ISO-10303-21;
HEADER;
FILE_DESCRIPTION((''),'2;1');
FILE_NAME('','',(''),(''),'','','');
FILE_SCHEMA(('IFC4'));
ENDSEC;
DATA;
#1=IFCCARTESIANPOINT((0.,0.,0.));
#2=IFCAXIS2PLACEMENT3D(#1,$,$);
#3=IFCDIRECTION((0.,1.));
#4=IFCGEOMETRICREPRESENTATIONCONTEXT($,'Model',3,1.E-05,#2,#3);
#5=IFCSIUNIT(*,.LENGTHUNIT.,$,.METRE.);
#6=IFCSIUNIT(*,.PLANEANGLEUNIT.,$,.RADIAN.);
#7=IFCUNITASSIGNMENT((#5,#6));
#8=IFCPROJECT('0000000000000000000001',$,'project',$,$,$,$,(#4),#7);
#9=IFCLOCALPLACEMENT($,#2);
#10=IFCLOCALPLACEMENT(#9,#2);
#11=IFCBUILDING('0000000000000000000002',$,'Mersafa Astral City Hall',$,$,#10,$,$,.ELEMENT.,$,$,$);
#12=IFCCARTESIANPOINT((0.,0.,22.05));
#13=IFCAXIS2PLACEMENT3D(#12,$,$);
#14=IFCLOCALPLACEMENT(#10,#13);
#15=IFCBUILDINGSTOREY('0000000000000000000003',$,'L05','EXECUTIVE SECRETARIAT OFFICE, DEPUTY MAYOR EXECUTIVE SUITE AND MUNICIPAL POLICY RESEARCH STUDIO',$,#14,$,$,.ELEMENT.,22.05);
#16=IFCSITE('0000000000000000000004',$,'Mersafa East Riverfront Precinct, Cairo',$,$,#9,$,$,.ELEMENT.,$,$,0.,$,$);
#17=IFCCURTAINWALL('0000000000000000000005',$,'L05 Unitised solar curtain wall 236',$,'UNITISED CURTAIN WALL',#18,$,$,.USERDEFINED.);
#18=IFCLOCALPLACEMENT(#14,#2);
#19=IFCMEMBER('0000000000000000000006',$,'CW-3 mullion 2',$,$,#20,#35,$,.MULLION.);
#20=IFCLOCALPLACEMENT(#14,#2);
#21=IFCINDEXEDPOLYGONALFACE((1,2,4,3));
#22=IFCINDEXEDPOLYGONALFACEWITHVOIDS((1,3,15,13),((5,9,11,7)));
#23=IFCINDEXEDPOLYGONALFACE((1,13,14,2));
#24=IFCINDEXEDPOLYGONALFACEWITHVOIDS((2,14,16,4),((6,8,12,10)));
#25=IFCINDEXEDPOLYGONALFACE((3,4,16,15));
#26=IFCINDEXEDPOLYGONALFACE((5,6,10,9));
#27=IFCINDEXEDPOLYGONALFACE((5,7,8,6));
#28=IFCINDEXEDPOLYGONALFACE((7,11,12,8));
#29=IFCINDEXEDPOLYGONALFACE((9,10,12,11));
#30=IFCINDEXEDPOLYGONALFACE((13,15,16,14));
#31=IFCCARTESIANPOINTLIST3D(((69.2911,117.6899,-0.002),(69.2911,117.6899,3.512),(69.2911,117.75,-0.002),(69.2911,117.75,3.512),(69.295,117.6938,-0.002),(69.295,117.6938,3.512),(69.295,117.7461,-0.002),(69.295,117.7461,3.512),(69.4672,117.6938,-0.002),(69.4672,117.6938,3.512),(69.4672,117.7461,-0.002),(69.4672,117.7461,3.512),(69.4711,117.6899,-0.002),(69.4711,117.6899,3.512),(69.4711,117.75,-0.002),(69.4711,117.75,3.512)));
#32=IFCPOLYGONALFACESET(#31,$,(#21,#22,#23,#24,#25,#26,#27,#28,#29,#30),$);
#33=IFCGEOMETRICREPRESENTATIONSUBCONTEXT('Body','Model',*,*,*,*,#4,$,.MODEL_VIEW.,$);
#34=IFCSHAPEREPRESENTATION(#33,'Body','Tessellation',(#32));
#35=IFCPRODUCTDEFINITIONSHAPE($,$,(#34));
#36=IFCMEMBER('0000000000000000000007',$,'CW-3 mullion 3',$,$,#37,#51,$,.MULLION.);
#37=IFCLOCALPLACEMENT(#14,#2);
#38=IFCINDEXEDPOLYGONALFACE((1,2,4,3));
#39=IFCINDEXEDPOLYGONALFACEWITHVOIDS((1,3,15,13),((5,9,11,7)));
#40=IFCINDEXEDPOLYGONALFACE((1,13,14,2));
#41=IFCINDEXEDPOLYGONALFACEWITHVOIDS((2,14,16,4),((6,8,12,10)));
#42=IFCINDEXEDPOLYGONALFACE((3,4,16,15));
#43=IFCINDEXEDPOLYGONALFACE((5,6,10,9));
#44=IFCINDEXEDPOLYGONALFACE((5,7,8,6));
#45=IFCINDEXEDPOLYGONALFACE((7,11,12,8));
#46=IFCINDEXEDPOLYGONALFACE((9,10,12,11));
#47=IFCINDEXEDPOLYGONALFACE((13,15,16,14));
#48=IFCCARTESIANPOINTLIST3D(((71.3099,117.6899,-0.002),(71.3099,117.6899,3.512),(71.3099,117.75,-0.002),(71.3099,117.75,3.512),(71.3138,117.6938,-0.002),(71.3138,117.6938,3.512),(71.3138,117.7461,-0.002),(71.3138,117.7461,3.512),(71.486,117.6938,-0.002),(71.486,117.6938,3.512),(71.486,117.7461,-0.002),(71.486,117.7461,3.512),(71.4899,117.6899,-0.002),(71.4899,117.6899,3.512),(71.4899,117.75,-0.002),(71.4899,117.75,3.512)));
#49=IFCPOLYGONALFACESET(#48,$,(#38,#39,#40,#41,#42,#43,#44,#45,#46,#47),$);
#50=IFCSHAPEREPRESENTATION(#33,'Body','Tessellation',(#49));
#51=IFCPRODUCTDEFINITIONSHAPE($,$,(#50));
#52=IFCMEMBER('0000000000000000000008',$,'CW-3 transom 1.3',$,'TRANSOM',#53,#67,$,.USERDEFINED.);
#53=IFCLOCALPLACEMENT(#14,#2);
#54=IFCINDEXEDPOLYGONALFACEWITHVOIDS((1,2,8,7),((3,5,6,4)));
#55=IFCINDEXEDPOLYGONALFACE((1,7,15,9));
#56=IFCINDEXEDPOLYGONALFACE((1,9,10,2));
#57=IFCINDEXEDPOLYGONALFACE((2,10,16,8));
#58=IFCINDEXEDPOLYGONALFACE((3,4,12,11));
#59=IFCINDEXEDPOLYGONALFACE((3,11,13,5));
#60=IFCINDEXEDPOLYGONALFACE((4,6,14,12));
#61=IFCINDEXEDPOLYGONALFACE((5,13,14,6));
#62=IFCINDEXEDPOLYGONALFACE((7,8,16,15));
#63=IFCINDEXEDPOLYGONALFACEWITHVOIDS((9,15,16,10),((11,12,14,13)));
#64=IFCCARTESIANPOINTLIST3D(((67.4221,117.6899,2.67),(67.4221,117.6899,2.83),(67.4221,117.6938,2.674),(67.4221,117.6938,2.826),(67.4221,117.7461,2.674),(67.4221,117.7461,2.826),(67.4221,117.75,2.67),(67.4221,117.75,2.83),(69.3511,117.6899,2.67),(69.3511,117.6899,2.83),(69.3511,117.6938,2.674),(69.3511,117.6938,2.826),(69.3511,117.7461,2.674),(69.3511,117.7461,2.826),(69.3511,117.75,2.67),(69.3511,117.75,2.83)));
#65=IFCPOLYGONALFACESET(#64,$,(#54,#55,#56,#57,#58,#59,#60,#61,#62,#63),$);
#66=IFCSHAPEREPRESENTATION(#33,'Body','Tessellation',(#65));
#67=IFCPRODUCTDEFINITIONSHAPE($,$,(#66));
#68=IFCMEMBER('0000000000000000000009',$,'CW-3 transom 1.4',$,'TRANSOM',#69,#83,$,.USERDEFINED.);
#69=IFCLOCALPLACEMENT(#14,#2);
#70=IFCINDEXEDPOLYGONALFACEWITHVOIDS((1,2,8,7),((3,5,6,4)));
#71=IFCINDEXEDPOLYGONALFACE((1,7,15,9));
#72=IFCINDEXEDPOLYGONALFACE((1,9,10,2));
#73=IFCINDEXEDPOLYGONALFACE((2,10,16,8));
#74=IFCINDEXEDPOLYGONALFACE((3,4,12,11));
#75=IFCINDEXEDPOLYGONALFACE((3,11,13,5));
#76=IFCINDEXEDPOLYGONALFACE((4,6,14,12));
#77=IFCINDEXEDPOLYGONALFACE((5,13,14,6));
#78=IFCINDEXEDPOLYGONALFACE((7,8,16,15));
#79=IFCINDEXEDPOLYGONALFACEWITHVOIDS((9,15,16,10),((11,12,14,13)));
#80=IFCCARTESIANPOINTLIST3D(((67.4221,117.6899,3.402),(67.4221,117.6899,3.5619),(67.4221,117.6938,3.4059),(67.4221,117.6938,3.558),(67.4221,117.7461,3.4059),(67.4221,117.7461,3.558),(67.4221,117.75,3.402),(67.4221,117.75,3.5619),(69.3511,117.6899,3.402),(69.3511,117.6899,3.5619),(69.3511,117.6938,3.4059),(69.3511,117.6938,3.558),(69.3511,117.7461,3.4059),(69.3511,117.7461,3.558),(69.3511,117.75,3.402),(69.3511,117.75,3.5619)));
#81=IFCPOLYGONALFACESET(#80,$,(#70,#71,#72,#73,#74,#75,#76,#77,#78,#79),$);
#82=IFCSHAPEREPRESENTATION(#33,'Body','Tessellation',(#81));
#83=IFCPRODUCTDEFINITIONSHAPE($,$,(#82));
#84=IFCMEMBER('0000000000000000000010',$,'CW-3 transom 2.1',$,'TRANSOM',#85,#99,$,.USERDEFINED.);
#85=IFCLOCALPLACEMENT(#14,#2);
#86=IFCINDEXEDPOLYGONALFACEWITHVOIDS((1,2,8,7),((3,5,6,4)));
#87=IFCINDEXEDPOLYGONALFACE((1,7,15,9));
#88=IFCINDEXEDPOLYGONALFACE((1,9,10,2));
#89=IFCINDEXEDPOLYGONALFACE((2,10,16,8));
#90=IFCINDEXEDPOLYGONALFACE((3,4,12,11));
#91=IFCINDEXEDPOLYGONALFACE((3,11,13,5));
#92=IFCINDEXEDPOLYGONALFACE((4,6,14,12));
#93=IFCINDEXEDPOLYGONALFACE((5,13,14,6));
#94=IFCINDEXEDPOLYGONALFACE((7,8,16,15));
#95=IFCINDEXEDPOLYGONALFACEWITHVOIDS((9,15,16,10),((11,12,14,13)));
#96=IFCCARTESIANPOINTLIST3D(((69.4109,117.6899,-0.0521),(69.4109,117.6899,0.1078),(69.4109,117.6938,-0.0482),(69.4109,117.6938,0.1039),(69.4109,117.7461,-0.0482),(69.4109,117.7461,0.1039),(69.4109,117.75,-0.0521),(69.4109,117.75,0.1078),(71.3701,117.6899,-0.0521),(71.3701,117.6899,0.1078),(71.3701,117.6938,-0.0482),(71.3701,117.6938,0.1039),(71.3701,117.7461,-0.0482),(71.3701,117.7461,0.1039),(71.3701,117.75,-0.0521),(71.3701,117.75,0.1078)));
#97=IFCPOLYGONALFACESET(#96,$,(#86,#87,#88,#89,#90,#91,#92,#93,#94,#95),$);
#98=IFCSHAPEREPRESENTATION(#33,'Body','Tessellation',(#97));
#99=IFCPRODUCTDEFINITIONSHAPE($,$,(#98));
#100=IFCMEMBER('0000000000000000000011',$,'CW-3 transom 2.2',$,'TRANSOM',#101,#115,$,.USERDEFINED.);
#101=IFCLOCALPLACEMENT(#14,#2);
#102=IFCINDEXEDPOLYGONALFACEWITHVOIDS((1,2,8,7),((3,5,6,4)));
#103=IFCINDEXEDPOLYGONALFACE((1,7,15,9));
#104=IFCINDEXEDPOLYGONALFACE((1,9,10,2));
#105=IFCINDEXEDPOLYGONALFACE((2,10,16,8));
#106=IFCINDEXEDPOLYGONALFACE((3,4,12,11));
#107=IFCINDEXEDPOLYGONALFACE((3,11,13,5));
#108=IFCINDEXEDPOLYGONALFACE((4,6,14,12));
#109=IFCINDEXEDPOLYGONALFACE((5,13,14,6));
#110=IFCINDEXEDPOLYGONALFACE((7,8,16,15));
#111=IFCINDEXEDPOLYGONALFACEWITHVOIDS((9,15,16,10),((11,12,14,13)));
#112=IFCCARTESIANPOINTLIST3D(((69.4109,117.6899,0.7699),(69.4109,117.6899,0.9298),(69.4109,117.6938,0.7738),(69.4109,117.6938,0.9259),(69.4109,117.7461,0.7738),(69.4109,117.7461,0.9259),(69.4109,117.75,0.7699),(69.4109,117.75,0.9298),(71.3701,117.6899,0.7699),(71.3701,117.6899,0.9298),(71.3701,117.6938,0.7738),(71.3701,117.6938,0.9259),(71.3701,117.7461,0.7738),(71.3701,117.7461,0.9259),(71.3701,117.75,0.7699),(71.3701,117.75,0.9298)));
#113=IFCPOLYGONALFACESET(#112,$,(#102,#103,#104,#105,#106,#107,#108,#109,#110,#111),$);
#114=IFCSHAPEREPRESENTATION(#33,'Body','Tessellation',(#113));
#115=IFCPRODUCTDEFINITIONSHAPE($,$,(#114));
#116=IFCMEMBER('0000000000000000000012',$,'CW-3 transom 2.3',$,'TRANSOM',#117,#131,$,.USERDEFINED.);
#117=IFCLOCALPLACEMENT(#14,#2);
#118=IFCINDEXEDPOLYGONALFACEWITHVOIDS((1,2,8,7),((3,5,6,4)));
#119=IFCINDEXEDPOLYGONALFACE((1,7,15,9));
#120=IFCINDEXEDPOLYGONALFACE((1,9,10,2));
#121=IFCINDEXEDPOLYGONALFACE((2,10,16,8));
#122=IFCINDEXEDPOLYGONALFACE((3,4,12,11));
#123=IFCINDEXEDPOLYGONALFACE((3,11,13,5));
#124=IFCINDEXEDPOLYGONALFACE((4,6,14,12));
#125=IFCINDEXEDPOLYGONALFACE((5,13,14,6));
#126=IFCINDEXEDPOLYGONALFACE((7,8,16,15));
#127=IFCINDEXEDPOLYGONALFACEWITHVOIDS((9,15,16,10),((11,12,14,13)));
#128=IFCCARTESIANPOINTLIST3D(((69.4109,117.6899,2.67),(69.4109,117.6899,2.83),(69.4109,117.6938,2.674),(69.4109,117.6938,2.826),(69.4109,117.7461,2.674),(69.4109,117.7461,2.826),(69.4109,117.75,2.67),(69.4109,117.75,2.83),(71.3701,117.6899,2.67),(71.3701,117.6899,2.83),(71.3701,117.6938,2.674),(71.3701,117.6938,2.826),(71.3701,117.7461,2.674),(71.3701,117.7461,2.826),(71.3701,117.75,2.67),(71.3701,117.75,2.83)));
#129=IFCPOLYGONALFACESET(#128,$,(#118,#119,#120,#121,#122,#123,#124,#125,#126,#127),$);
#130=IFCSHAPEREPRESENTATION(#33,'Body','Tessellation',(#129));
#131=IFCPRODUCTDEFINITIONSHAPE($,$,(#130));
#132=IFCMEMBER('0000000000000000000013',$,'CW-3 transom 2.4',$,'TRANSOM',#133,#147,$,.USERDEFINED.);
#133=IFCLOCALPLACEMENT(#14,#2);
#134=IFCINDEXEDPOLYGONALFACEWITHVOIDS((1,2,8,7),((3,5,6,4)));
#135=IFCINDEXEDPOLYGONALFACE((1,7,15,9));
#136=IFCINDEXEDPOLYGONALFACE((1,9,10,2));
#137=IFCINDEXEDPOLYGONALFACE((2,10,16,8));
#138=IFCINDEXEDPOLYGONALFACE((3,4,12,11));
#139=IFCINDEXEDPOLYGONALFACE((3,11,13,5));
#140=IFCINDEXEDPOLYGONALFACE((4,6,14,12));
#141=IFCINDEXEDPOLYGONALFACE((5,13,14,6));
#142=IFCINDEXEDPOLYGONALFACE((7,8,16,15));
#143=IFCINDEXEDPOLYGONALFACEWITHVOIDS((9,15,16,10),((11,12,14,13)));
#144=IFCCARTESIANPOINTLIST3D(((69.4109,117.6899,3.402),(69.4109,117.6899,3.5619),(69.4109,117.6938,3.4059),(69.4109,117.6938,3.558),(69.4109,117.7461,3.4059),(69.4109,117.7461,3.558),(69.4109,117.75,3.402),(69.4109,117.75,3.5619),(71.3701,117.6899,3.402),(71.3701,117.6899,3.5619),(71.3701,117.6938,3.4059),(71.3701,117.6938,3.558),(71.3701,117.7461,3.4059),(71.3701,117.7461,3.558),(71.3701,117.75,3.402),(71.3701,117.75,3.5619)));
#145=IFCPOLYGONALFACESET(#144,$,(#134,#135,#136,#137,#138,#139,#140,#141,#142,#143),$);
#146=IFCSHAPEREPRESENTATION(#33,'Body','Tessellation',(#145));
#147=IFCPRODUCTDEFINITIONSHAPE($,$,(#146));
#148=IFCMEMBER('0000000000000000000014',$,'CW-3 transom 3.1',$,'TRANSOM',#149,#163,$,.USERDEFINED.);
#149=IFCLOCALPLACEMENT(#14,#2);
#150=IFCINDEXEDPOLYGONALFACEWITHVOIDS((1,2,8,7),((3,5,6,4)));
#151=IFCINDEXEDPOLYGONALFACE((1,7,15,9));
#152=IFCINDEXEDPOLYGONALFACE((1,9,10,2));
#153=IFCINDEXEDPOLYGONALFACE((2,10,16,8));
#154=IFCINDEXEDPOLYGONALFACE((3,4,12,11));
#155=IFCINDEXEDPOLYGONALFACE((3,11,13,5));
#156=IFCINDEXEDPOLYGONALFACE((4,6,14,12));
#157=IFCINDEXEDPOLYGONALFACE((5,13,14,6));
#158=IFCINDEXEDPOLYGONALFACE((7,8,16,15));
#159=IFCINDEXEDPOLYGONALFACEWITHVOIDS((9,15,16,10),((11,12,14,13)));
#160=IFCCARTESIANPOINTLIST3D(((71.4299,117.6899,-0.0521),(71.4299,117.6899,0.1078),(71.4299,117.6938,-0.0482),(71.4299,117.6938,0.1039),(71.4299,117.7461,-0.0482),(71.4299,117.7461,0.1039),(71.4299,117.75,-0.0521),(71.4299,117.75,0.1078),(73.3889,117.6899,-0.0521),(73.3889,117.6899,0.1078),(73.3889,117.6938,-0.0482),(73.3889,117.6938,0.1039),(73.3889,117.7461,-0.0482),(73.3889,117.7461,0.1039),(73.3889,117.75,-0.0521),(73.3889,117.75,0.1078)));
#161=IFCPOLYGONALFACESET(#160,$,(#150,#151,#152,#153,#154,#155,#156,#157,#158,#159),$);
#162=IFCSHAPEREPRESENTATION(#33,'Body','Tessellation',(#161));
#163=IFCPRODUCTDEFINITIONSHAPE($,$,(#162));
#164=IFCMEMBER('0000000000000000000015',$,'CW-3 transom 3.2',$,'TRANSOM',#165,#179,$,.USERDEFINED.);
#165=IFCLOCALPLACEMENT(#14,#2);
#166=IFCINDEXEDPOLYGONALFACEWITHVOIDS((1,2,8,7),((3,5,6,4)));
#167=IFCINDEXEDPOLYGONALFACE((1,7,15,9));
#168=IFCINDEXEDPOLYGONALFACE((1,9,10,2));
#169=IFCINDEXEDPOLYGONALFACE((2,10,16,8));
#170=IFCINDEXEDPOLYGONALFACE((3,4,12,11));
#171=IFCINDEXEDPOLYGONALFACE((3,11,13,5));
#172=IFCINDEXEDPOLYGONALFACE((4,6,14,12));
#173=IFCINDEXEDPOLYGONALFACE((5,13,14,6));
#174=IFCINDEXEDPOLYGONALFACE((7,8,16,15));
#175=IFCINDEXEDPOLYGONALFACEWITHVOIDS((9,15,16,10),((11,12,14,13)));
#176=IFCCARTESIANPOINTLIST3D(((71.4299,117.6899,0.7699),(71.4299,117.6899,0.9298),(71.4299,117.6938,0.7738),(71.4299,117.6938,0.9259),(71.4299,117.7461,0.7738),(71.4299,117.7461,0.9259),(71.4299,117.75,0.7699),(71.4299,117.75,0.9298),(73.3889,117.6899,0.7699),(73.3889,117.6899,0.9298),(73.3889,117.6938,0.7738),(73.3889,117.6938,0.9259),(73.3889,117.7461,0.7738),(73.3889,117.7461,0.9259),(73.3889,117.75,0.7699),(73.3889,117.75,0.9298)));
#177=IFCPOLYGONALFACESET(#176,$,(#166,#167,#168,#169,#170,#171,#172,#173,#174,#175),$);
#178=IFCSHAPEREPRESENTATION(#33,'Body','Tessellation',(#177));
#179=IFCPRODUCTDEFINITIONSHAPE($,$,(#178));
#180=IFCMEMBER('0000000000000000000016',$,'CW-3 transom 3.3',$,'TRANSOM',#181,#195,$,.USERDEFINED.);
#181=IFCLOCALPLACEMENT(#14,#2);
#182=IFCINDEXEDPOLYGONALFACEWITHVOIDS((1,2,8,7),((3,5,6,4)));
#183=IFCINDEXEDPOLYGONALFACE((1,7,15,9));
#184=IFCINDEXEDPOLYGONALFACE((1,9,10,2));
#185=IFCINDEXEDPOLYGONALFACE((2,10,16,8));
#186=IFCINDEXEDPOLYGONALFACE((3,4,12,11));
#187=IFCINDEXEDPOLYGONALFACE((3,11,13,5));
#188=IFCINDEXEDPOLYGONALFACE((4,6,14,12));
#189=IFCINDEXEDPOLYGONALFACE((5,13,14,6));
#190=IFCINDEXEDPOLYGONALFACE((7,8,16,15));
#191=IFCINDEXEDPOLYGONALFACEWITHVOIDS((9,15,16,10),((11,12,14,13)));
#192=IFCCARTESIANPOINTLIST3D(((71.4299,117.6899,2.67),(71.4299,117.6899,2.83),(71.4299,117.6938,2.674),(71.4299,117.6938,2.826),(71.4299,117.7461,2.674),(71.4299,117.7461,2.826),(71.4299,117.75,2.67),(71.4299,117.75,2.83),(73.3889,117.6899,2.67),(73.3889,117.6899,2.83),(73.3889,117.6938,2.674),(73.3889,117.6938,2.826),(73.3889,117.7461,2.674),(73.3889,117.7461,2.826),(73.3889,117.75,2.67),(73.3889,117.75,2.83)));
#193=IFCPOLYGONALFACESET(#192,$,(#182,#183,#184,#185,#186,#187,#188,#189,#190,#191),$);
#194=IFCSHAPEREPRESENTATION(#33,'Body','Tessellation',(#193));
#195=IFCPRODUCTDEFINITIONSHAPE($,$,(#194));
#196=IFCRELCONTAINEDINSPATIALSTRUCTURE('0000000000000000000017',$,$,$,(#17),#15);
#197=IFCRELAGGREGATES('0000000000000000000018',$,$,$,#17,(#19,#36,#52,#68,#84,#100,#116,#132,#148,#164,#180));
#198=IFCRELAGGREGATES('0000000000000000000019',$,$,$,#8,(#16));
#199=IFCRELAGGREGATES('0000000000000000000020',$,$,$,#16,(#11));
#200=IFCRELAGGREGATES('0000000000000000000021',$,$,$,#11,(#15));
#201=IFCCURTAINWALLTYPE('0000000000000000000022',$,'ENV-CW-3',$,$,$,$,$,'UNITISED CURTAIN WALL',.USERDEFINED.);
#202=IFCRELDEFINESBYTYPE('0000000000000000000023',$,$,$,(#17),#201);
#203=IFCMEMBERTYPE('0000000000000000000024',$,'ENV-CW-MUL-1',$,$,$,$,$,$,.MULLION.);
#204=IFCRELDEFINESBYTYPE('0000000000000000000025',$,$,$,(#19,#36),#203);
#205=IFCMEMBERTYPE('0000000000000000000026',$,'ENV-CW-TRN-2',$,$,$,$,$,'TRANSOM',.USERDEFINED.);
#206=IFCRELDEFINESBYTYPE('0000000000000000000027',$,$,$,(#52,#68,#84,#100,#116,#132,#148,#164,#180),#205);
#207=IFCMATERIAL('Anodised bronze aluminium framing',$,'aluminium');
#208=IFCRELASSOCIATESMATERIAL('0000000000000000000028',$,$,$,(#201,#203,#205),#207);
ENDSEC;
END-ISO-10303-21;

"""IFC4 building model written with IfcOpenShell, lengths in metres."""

from ifc_helpers import new_model, si_unit, direction, frame, origin, origin_2d, place, context, subcontext, project, spatial, hollow_rectangle, extrude, material, material_profile, profile_set, type_object, element, aggregate, save


model = new_model("IFC4")

# Units and contexts
model_context = context("Model", 3, precision=1e-05, world=origin(), true_north=direction((0.0, 1.0)))
body_context = subcontext(model_context, "Body", "Model", "MODEL_VIEW")
ifc_project = project(units=[si_unit("LENGTHUNIT", "METRE"), si_unit("PLANEANGLEUNIT", "RADIAN")], contexts=[model_context])

# Site, building, storey
site_placement = place(None, origin())
site = spatial("IfcSite", under=ifc_project, at=site_placement, Name="Mersafa East Riverfront Precinct, Cairo", CompositionType="ELEMENT", RefElevation=0.0)
building_placement = place(site_placement, origin())
building = spatial("IfcBuilding", under=site, at=building_placement, Name="Mersafa Astral City Hall", CompositionType="ELEMENT")
storey_placement = place(building_placement, frame((0.0, 0.0, 22.05)))
storey = spatial("IfcBuildingStorey", under=building, at=storey_placement, Name="L05", Description="EXECUTIVE SECRETARIAT OFFICE, DEPUTY MAYOR EXECUTIVE SUITE AND MUNICIPAL POLICY RESEARCH STUDIO", CompositionType="ELEMENT", Elevation=22.05)

# Curtain wall, members
ifc_material_1 = material(Name="Anodised bronze aluminium framing", Category="aluminium")
curtain_wall_type = type_object("IfcCurtainWallType", Name="ENV-CW-3", ElementType="UNITISED CURTAIN WALL", PredefinedType="USERDEFINED", material=ifc_material_1)
curtain_wall_placement = place(storey_placement, origin())
curtain_wall = element("IfcCurtainWall", 1, at=curtain_wall_placement, inside=storey, type_object=curtain_wall_type, Name="L05 Unitised solar curtain wall 236", ObjectType="UNITISED CURTAIN WALL", PredefinedType="USERDEFINED")
ifc_material_profile_1 = material_profile(ifc_material_1, hollow_rectangle(XDim=0.0601, YDim=0.1799, WallThickness=0.0039, at=origin_2d()), Name="RHS 60x180x4")
ifc_profile_set_1 = profile_set([ifc_material_profile_1], Name="Anodised bronze aluminium framing")
member_type_1 = type_object("IfcMemberType", Name="ENV-CW-MUL-1", PredefinedType="MULLION", material=ifc_profile_set_1)
member_1_placement = place(storey_placement, frame((69.3811, 117.72, -0.002), z_axis=(0.0, 0.0, 1.0), x_axis=(0.0, 1.0, 0.0)))
member_1 = element("IfcMember", 2, at=member_1_placement, type_object=member_type_1, Name="CW-3 mullion 2", PredefinedType="MULLION", context=body_context, shape_type="SweptSolid", body=[
    extrude(hollow_rectangle(XDim=0.0601, YDim=0.1799, WallThickness=0.0039, at=origin_2d()), origin(), (0.0, 0.0, 1.0), 3.5139),
])
member_2_placement = place(storey_placement, frame((71.3999, 117.72, -0.002), z_axis=(0.0, 0.0, 1.0), x_axis=(0.0, 1.0, 0.0)))
member_2 = element("IfcMember", 3, at=member_2_placement, type_object=member_type_1, Name="CW-3 mullion 3", PredefinedType="MULLION", context=body_context, shape_type="SweptSolid", body=[
    extrude(hollow_rectangle(XDim=0.0601, YDim=0.1799, WallThickness=0.0039, at=origin_2d()), origin(), (0.0, 0.0, 1.0), 3.5139),
])
ifc_material_profile_2 = material_profile(ifc_material_1, hollow_rectangle(XDim=0.0601, YDim=0.1599, WallThickness=0.0039, at=origin_2d()), Name="RHS 60x160x4")
ifc_profile_set_2 = profile_set([ifc_material_profile_2], Name="Anodised bronze aluminium framing")
member_type_2 = type_object("IfcMemberType", Name="ENV-CW-TRN-2", ElementType="TRANSOM", PredefinedType="USERDEFINED", material=ifc_profile_set_2)
member_3_placement = place(storey_placement, frame((67.4221, 117.72, 2.75), z_axis=(1.0, 0.0, 0.0), x_axis=(0.0, 1.0, 0.0)))
member_3 = element("IfcMember", 4, at=member_3_placement, type_object=member_type_2, Name="CW-3 transom 1.3", ObjectType="TRANSOM", PredefinedType="USERDEFINED", context=body_context, shape_type="SweptSolid", body=[
    extrude(hollow_rectangle(XDim=0.0601, YDim=0.1599, WallThickness=0.0039, at=origin_2d()), origin(), (0.0, 0.0, 1.0), 1.929),
])
member_4_placement = place(storey_placement, frame((67.4221, 117.72, 3.4819), z_axis=(1.0, 0.0, 0.0), x_axis=(0.0, 1.0, 0.0)))
member_4 = element("IfcMember", 5, at=member_4_placement, type_object=member_type_2, Name="CW-3 transom 1.4", ObjectType="TRANSOM", PredefinedType="USERDEFINED", context=body_context, shape_type="SweptSolid", body=[
    extrude(hollow_rectangle(XDim=0.0601, YDim=0.1599, WallThickness=0.0039, at=origin_2d()), origin(), (0.0, 0.0, 1.0), 1.929),
])
member_5_placement = place(storey_placement, frame((69.4109, 117.72, 0.0278), z_axis=(1.0, 0.0, 0.0), x_axis=(0.0, 1.0, 0.0)))
member_5 = element("IfcMember", 6, at=member_5_placement, type_object=member_type_2, Name="CW-3 transom 2.1", ObjectType="TRANSOM", PredefinedType="USERDEFINED", context=body_context, shape_type="SweptSolid", body=[
    extrude(hollow_rectangle(XDim=0.0601, YDim=0.1599, WallThickness=0.0039, at=origin_2d()), origin(), (0.0, 0.0, 1.0), 1.9592),
])
member_6_placement = place(storey_placement, frame((69.4109, 117.72, 0.8499), z_axis=(1.0, 0.0, 0.0), x_axis=(0.0, 1.0, 0.0)))
member_6 = element("IfcMember", 7, at=member_6_placement, type_object=member_type_2, Name="CW-3 transom 2.2", ObjectType="TRANSOM", PredefinedType="USERDEFINED", context=body_context, shape_type="SweptSolid", body=[
    extrude(hollow_rectangle(XDim=0.0601, YDim=0.1599, WallThickness=0.0039, at=origin_2d()), origin(), (0.0, 0.0, 1.0), 1.9592),
])
member_7_placement = place(storey_placement, frame((69.4109, 117.72, 2.75), z_axis=(1.0, 0.0, 0.0), x_axis=(0.0, 1.0, 0.0)))
member_7 = element("IfcMember", 8, at=member_7_placement, type_object=member_type_2, Name="CW-3 transom 2.3", ObjectType="TRANSOM", PredefinedType="USERDEFINED", context=body_context, shape_type="SweptSolid", body=[
    extrude(hollow_rectangle(XDim=0.0601, YDim=0.1599, WallThickness=0.0039, at=origin_2d()), origin(), (0.0, 0.0, 1.0), 1.9592),
])
member_8_placement = place(storey_placement, frame((69.4109, 117.72, 3.4819), z_axis=(1.0, 0.0, 0.0), x_axis=(0.0, 1.0, 0.0)))
member_8 = element("IfcMember", 9, at=member_8_placement, type_object=member_type_2, Name="CW-3 transom 2.4", ObjectType="TRANSOM", PredefinedType="USERDEFINED", context=body_context, shape_type="SweptSolid", body=[
    extrude(hollow_rectangle(XDim=0.0601, YDim=0.1599, WallThickness=0.0039, at=origin_2d()), origin(), (0.0, 0.0, 1.0), 1.9592),
])
member_9_placement = place(storey_placement, frame((71.4299, 117.72, 0.0278), z_axis=(1.0, 0.0, 0.0), x_axis=(0.0, 1.0, 0.0)))
member_9 = element("IfcMember", 10, at=member_9_placement, type_object=member_type_2, Name="CW-3 transom 3.1", ObjectType="TRANSOM", PredefinedType="USERDEFINED", context=body_context, shape_type="SweptSolid", body=[
    extrude(hollow_rectangle(XDim=0.0601, YDim=0.1599, WallThickness=0.0039, at=origin_2d()), origin(), (0.0, 0.0, 1.0), 1.959),
])
member_10_placement = place(storey_placement, frame((71.4299, 117.72, 0.8499), z_axis=(1.0, 0.0, 0.0), x_axis=(0.0, 1.0, 0.0)))
member_10 = element("IfcMember", 11, at=member_10_placement, type_object=member_type_2, Name="CW-3 transom 3.2", ObjectType="TRANSOM", PredefinedType="USERDEFINED", context=body_context, shape_type="SweptSolid", body=[
    extrude(hollow_rectangle(XDim=0.0601, YDim=0.1599, WallThickness=0.0039, at=origin_2d()), origin(), (0.0, 0.0, 1.0), 1.959),
])
member_11_placement = place(storey_placement, frame((71.4299, 117.72, 2.75), z_axis=(1.0, 0.0, 0.0), x_axis=(0.0, 1.0, 0.0)))
member_11 = element("IfcMember", 12, at=member_11_placement, type_object=member_type_2, Name="CW-3 transom 3.3", ObjectType="TRANSOM", PredefinedType="USERDEFINED", context=body_context, shape_type="SweptSolid", body=[
    extrude(hollow_rectangle(XDim=0.0601, YDim=0.1599, WallThickness=0.0039, at=origin_2d()), origin(), (0.0, 0.0, 1.0), 1.959),
])

aggregate(curtain_wall, [member_1, member_2, member_3, member_4, member_5, member_6, member_7, member_8, member_9, member_10, member_11])

save(model, "model.ifc")
